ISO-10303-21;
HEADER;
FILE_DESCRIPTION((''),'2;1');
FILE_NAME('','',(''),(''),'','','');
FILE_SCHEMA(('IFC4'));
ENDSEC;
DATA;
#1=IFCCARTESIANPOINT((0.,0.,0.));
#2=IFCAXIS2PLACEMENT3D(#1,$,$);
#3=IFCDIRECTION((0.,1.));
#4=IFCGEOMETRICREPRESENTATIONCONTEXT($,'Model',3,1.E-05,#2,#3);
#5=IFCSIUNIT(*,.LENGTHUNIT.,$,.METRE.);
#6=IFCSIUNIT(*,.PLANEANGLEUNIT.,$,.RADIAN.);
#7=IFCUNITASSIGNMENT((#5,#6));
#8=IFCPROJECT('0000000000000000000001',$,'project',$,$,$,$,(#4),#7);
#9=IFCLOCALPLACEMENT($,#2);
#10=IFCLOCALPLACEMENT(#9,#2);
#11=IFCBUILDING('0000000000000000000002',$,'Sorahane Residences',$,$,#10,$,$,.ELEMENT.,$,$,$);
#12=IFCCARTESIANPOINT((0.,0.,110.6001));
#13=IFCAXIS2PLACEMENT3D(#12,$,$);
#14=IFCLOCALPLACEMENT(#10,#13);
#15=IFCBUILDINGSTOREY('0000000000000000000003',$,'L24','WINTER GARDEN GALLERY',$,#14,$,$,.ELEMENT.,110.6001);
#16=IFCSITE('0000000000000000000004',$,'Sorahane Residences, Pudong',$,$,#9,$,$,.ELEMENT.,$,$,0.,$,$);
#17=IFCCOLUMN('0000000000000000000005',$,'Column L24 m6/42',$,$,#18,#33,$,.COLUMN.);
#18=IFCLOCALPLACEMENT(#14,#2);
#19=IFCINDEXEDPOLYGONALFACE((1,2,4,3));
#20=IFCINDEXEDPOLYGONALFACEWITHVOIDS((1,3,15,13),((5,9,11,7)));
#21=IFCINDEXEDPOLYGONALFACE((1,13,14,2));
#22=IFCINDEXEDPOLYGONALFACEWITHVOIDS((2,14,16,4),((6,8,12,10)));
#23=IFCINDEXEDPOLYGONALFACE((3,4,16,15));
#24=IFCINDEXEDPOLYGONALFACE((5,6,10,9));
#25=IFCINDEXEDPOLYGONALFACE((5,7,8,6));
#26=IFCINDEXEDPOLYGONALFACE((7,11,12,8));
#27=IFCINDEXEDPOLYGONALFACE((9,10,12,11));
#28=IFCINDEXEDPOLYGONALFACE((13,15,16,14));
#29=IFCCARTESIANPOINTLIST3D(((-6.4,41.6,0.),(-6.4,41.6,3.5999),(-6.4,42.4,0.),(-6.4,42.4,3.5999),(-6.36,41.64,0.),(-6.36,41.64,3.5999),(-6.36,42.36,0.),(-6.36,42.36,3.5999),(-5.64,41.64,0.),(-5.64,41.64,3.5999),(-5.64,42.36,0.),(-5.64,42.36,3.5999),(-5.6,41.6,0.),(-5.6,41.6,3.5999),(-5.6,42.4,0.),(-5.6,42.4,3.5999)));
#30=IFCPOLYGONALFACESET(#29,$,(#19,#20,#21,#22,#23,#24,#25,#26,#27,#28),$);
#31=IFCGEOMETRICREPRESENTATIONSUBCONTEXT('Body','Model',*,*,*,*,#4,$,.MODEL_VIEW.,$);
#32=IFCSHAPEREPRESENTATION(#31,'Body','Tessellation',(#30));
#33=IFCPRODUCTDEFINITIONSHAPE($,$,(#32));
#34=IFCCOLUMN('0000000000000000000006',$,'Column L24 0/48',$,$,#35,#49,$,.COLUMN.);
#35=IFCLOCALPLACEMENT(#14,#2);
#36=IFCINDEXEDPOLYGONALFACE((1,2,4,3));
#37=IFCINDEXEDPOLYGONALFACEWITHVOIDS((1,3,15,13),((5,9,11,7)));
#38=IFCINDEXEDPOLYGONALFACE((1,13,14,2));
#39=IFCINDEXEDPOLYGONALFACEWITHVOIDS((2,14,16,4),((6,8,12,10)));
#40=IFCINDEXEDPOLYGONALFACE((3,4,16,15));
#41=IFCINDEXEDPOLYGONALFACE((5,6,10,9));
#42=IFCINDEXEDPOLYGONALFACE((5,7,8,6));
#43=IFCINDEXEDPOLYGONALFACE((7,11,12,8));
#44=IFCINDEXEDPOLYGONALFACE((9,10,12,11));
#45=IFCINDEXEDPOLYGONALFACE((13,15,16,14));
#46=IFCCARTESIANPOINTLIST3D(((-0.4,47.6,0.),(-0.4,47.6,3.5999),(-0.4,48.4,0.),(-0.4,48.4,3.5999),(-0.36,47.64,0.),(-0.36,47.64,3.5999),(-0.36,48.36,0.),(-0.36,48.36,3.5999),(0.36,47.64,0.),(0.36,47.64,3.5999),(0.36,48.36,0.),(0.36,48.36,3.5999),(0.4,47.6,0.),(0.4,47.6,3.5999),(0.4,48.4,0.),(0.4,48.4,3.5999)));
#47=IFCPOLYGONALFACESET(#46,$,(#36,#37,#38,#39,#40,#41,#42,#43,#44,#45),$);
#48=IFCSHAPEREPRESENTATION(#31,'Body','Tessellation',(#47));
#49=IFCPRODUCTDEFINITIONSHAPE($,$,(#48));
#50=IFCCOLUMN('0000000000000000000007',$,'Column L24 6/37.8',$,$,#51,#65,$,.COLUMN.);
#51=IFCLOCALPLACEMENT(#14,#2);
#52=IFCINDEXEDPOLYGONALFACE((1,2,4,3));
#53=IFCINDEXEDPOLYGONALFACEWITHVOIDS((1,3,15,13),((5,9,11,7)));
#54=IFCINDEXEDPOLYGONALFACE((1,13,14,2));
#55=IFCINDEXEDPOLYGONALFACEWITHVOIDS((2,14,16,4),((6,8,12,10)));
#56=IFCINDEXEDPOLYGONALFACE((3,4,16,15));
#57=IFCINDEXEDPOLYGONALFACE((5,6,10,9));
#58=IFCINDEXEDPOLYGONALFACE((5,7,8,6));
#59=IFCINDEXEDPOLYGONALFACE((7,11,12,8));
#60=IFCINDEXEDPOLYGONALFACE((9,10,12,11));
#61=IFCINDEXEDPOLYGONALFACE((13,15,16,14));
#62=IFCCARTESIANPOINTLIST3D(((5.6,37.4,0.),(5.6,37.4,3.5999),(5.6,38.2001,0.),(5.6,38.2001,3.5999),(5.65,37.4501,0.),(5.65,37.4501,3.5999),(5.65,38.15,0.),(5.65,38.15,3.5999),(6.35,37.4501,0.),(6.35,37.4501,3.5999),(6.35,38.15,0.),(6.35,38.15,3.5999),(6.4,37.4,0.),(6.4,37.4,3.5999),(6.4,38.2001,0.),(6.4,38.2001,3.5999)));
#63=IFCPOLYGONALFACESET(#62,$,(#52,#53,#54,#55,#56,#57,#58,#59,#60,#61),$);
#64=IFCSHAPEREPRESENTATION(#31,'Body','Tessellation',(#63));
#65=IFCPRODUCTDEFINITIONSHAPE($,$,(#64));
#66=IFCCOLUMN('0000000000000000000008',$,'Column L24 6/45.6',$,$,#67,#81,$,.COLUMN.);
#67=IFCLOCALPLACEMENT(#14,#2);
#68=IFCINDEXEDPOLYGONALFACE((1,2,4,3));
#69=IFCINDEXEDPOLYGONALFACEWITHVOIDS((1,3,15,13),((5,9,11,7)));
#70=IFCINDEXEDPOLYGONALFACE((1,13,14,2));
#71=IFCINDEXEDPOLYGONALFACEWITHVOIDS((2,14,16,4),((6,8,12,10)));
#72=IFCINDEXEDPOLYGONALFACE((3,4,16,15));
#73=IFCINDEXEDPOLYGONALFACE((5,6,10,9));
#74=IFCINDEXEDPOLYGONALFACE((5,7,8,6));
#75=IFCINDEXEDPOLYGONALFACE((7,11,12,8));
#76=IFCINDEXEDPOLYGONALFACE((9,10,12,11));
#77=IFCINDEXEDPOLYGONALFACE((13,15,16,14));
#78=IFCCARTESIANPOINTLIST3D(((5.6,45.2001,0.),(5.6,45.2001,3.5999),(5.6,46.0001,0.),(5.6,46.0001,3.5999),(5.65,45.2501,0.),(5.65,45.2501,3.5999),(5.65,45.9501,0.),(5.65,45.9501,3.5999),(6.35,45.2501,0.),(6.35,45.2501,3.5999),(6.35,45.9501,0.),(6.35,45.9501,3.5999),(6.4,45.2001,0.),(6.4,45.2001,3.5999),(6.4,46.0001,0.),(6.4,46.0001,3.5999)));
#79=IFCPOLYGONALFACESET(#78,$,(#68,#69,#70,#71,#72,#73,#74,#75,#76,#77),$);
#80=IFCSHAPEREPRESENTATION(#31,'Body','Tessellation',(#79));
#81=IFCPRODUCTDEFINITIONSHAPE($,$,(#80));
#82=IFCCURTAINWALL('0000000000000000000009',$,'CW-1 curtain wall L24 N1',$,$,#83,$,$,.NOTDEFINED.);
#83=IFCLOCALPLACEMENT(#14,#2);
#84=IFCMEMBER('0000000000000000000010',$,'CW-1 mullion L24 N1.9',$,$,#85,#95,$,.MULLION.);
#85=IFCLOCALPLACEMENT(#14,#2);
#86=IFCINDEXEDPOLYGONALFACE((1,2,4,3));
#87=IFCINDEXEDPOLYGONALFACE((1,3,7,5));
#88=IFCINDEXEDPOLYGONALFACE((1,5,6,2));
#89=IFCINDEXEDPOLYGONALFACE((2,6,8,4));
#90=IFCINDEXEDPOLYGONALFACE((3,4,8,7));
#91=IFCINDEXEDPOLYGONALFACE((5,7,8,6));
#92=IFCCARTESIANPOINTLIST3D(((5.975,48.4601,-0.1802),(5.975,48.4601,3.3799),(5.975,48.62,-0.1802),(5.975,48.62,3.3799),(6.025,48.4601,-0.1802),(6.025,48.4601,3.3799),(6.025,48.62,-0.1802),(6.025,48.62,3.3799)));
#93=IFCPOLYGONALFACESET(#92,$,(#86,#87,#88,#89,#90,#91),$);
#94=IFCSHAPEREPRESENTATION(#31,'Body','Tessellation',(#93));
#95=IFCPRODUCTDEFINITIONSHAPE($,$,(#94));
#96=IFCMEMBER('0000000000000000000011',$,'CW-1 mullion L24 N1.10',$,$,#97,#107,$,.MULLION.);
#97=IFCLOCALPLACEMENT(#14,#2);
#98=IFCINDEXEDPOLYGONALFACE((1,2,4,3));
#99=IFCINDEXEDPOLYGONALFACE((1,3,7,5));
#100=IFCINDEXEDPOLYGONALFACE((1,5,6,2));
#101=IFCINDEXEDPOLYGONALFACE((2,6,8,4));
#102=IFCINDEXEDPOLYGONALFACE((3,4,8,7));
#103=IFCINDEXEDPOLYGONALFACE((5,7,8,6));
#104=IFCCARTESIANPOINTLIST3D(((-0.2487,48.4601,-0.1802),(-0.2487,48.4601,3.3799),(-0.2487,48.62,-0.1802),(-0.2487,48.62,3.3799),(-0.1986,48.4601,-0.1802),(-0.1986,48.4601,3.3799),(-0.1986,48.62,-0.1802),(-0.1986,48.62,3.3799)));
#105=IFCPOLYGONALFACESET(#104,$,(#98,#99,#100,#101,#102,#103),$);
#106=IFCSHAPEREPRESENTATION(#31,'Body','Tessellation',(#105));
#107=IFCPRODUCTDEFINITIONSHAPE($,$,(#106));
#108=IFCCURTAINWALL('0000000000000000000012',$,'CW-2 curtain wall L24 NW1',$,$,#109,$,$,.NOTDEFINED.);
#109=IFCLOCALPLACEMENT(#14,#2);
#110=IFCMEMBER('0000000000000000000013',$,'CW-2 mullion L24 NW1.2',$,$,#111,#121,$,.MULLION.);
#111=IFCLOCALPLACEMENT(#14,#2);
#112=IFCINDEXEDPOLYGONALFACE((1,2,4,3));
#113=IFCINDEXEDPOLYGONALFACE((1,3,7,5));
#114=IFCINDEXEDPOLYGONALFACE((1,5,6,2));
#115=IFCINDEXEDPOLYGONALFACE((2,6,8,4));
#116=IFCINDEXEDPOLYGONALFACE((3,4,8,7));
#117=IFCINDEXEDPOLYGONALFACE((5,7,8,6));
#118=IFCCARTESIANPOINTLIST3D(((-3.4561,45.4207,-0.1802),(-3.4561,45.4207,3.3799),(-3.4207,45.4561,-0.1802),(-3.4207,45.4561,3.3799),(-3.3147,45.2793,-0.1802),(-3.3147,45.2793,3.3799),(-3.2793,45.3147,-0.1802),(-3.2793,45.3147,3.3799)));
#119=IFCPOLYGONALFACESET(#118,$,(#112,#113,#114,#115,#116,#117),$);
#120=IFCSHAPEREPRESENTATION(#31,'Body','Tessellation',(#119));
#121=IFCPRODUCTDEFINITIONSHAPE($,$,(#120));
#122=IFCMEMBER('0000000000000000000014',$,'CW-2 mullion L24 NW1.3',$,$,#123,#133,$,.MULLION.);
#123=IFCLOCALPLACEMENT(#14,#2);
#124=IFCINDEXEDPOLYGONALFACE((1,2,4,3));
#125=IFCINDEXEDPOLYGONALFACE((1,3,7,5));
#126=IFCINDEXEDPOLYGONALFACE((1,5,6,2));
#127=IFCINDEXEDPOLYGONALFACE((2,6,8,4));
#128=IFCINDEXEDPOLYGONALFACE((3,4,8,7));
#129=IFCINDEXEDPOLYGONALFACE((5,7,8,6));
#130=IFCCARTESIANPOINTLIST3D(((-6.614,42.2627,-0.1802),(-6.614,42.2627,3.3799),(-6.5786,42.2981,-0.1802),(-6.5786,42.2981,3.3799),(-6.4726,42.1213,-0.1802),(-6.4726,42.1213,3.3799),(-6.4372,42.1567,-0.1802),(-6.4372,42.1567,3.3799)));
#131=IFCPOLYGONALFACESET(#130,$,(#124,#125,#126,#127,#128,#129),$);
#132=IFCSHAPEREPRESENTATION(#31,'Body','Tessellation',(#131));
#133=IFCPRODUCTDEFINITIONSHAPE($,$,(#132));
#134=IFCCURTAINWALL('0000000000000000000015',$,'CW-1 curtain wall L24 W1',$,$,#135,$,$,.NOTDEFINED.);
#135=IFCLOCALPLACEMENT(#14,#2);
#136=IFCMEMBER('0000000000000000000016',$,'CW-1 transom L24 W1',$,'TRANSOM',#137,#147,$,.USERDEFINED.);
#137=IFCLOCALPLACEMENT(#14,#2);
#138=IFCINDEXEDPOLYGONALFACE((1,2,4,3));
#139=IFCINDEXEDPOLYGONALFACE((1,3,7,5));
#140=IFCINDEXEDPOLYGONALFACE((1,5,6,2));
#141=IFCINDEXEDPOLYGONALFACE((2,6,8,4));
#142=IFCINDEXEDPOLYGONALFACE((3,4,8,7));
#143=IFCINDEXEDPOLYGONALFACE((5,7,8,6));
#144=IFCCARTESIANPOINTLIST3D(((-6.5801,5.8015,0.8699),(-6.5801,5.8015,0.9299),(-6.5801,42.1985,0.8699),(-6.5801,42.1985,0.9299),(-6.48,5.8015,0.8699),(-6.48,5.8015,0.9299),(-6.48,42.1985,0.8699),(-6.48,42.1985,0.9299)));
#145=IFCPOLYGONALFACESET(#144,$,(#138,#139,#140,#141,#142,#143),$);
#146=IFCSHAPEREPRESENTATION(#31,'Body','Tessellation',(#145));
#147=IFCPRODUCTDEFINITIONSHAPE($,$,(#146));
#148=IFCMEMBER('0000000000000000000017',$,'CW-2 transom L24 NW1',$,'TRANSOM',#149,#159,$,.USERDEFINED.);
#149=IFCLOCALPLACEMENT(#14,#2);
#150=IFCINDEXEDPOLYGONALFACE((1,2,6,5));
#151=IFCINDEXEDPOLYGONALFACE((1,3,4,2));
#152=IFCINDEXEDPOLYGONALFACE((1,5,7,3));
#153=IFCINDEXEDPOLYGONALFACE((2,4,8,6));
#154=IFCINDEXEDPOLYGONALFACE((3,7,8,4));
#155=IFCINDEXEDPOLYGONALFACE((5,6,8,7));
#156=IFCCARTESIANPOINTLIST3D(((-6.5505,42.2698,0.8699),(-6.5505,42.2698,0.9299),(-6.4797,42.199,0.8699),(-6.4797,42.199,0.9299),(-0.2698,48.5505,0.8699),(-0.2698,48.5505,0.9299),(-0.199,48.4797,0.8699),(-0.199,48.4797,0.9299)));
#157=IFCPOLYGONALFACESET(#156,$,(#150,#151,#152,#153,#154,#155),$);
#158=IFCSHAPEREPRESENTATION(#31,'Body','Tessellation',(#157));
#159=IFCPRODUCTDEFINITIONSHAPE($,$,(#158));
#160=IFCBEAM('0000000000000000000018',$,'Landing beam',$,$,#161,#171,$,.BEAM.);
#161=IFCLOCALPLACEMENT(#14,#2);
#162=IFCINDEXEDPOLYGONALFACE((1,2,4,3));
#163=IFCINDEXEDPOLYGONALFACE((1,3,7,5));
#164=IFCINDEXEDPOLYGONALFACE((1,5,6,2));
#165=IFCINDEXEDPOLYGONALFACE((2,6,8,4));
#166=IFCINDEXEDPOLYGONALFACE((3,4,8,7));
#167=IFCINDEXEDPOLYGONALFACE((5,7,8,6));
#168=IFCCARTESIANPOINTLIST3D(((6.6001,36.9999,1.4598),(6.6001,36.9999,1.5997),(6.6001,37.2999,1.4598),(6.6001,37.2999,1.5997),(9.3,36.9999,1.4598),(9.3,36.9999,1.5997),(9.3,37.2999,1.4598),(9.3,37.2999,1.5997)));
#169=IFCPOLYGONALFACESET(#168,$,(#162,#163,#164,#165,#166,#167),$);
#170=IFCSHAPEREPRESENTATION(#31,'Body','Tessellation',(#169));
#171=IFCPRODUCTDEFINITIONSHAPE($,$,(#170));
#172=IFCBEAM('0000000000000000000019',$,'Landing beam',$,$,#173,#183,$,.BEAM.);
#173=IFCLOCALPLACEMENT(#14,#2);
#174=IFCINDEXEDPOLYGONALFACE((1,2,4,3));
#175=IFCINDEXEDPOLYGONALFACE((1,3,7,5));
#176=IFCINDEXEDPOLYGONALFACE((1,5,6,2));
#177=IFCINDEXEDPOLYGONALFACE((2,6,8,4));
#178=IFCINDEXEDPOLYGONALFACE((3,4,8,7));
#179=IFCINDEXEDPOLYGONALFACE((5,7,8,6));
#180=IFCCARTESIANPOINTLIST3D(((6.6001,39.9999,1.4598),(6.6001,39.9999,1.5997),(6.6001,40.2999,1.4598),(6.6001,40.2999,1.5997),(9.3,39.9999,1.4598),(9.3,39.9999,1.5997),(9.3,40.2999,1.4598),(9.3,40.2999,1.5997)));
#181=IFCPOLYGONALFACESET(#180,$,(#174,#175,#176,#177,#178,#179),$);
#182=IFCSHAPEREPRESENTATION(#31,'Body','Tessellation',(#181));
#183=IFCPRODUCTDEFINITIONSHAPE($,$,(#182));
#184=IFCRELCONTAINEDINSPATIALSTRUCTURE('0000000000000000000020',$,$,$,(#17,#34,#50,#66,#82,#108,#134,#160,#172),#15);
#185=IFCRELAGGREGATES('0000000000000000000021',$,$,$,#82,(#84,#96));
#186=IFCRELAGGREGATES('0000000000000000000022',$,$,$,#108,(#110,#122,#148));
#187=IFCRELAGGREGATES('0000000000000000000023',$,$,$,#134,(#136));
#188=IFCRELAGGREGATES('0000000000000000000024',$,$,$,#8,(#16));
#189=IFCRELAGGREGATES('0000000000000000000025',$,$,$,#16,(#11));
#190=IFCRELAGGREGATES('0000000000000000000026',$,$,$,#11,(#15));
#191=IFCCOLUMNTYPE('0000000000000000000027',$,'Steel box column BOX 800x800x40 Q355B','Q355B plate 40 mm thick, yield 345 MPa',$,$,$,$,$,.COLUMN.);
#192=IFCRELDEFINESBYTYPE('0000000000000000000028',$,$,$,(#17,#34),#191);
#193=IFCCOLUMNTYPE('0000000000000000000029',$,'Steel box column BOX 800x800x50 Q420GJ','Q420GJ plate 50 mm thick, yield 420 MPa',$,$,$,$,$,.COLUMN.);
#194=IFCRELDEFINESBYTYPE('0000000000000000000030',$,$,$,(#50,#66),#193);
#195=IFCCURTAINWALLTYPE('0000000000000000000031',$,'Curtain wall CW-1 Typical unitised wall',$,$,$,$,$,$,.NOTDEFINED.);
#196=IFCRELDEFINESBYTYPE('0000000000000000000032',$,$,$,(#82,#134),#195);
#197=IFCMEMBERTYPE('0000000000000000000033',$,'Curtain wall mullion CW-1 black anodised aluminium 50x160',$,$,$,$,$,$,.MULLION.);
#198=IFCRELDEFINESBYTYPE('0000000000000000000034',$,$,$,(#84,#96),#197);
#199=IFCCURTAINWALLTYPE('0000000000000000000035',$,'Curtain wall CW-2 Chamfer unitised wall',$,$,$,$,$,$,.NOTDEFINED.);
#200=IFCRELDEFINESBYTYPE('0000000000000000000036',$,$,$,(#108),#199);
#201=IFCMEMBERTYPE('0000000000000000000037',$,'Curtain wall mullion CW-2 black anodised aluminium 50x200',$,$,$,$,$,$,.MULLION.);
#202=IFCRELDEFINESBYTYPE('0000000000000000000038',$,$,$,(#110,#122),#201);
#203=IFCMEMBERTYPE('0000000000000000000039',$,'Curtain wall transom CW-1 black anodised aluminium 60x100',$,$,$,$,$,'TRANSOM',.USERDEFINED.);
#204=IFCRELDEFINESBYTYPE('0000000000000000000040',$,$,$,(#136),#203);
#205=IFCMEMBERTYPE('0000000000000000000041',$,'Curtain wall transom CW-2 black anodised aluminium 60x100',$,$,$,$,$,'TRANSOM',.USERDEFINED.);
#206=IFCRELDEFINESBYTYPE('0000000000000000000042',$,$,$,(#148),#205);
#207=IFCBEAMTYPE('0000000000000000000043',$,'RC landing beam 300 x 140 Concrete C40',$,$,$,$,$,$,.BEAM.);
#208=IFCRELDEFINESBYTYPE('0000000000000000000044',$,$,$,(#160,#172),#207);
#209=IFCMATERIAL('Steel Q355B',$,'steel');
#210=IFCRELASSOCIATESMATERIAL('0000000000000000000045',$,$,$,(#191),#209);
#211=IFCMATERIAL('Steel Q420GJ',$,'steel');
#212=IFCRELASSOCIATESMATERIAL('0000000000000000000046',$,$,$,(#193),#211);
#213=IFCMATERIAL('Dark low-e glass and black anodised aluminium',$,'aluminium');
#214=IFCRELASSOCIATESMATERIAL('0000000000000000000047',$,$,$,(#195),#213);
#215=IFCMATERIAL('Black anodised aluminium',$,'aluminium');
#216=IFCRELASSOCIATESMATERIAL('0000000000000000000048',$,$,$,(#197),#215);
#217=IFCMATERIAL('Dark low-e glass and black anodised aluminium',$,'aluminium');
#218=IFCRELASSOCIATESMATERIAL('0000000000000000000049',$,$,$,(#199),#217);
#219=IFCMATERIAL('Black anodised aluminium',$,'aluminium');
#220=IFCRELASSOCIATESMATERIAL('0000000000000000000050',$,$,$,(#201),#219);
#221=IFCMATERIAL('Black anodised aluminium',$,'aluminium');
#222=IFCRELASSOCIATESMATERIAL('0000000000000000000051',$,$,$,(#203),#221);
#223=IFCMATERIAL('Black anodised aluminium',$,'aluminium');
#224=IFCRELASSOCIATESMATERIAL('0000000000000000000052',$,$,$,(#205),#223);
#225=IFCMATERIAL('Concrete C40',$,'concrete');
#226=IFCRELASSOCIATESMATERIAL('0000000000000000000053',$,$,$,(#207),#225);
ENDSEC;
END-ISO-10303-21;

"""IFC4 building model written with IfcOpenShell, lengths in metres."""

from ifc_helpers import new_model, si_unit, direction, frame, origin, origin_2d, place, context, subcontext, project, spatial, rectangle, hollow_rectangle, extrude, material, material_profile, profile_set, type_object, element, aggregate, save


model = new_model("IFC4")

# Units and contexts
model_context = context("Model", 3, precision=1e-05, world=origin(), true_north=direction((0.0, 1.0)))
body_context = subcontext(model_context, "Body", "Model", "MODEL_VIEW")
ifc_project = project(units=[si_unit("LENGTHUNIT", "METRE"), si_unit("PLANEANGLEUNIT", "RADIAN")], contexts=[model_context])

# Site, building, storey
site_placement = place(None, origin())
site = spatial("IfcSite", under=ifc_project, at=site_placement, Name="Sorahane Residences, Pudong", CompositionType="ELEMENT", RefElevation=0.0)
building_placement = place(site_placement, origin())
building = spatial("IfcBuilding", under=site, at=building_placement, Name="Sorahane Residences", CompositionType="ELEMENT")
storey_placement = place(building_placement, frame((0.0, 0.0, 110.6001)))
storey = spatial("IfcBuildingStorey", under=building, at=storey_placement, Name="L24", Description="WINTER GARDEN GALLERY", CompositionType="ELEMENT", Elevation=110.6001)

# Columns
ifc_material_1 = material(Name="Steel Q355B", Category="steel")
ifc_material_profile_1 = material_profile(ifc_material_1, hollow_rectangle(XDim=0.8, YDim=0.8, WallThickness=0.04, at=origin_2d()), Name="BOX 800x800x40")
ifc_profile_set_1 = profile_set([ifc_material_profile_1], Name="Steel Q355B")
column_type_1 = type_object("IfcColumnType", Name="Steel box column BOX 800x800x40 Q355B", Description="Q355B plate 40 mm thick, yield 345 MPa", PredefinedType="COLUMN", material=ifc_profile_set_1)
for number, where, z_axis, x_axis, name in (
    (1, (-6.0, 42.0, 0.0), (0.0, 0.0, 1.0), (1.0, 0.0, 0.0), "Column L24 m6/42"),
    (2, (0.0, 48.0, 0.0), (0.0, 0.0, 1.0), (1.0, 0.0, 0.0), "Column L24 0/48"),
):
    element("IfcColumn", number, at=place(storey_placement, frame(where, z_axis=z_axis, x_axis=x_axis)), inside=storey, type_object=column_type_1, Name=name, PredefinedType="COLUMN", context=body_context, shape_type="SweptSolid", body=[
        extrude(hollow_rectangle(XDim=0.8, YDim=0.8, WallThickness=0.04, at=origin_2d()), origin(), (0.0, 0.0, 1.0), 3.5999),
    ])
ifc_material_2 = material(Name="Steel Q420GJ", Category="steel")
ifc_material_profile_2 = material_profile(ifc_material_2, hollow_rectangle(XDim=0.8, YDim=0.8, WallThickness=0.05, at=origin_2d()), Name="BOX 800x800x50")
ifc_profile_set_2 = profile_set([ifc_material_profile_2], Name="Steel Q420GJ")
column_type_2 = type_object("IfcColumnType", Name="Steel box column BOX 800x800x50 Q420GJ", Description="Q420GJ plate 50 mm thick, yield 420 MPa", PredefinedType="COLUMN", material=ifc_profile_set_2)
for number, where, z_axis, x_axis, name in (
    (3, (6.0, 37.8, 0.0), (0.0, 0.0, 1.0), (1.0, 0.0, 0.0), "Column L24 6/37.8"),
    (4, (6.0, 45.6001, 0.0), (0.0, 0.0, 1.0), (1.0, 0.0, 0.0), "Column L24 6/45.6"),
):
    element("IfcColumn", number, at=place(storey_placement, frame(where, z_axis=z_axis, x_axis=x_axis)), inside=storey, type_object=column_type_2, Name=name, PredefinedType="COLUMN", context=body_context, shape_type="SweptSolid", body=[
        extrude(hollow_rectangle(XDim=0.8, YDim=0.8, WallThickness=0.05, at=origin_2d()), origin(), (0.0, 0.0, 1.0), 3.5999),
    ])

# Curtain walls, members
ifc_material_3 = material(Name="Dark low-e glass and black anodised aluminium", Category="aluminium")
curtain_wall_type_1 = type_object("IfcCurtainWallType", Name="Curtain wall CW-1 Typical unitised wall", PredefinedType="NOTDEFINED", material=ifc_material_3)
curtain_wall_1_placement = place(storey_placement, origin())
curtain_wall_1 = element("IfcCurtainWall", 5, at=curtain_wall_1_placement, inside=storey, type_object=curtain_wall_type_1, Name="CW-1 curtain wall L24 N1", PredefinedType="NOTDEFINED")
ifc_material_4 = material(Name="Black anodised aluminium", Category="aluminium")
ifc_material_profile_3 = material_profile(ifc_material_4, rectangle(XDim=0.1599, YDim=0.05, at=origin_2d()), Name="Curtain wall mullion CW-1 black anodised aluminium 50x160")
ifc_profile_set_3 = profile_set([ifc_material_profile_3], Name="Black anodised aluminium")
member_type_1 = type_object("IfcMemberType", Name="Curtain wall mullion CW-1 black anodised aluminium 50x160", PredefinedType="MULLION", material=ifc_profile_set_3)
member_1_placement = place(storey_placement, frame((6.0, 48.54, -0.1802), z_axis=(0.0, 0.0, 1.0), x_axis=(0.0, 1.0, 0.0)))
member_1 = element("IfcMember", 6, at=member_1_placement, type_object=member_type_1, Name="CW-1 mullion L24 N1.9", PredefinedType="MULLION", context=body_context, shape_type="SweptSolid", body=[
    extrude(rectangle(XDim=0.1599, YDim=0.05, at=origin_2d()), origin(), (0.0, 0.0, 1.0), 3.5601),
])
member_2_placement = place(storey_placement, frame((-0.2236, 48.54, -0.1802), z_axis=(0.0, 0.0, 1.0), x_axis=(0.0, 1.0, 0.0)))
member_2 = element("IfcMember", 7, at=member_2_placement, type_object=member_type_1, Name="CW-1 mullion L24 N1.10", PredefinedType="MULLION", context=body_context, shape_type="SweptSolid", body=[
    extrude(rectangle(XDim=0.1599, YDim=0.05, at=origin_2d()), origin(), (0.0, 0.0, 1.0), 3.5601),
])
ifc_material_5 = material(Name="Dark low-e glass and black anodised aluminium", Category="aluminium")
curtain_wall_type_2 = type_object("IfcCurtainWallType", Name="Curtain wall CW-2 Chamfer unitised wall", PredefinedType="NOTDEFINED", material=ifc_material_5)
curtain_wall_2_placement = place(storey_placement, origin())
curtain_wall_2 = element("IfcCurtainWall", 8, at=curtain_wall_2_placement, inside=storey, type_object=curtain_wall_type_2, Name="CW-2 curtain wall L24 NW1", PredefinedType="NOTDEFINED")
ifc_material_6 = material(Name="Black anodised aluminium", Category="aluminium")
ifc_material_profile_4 = material_profile(ifc_material_6, rectangle(XDim=0.2, YDim=0.05, at=origin_2d()), Name="Curtain wall mullion CW-2 black anodised aluminium 50x200")
ifc_profile_set_4 = profile_set([ifc_material_profile_4], Name="Black anodised aluminium")
member_type_2 = type_object("IfcMemberType", Name="Curtain wall mullion CW-2 black anodised aluminium 50x200", PredefinedType="MULLION", material=ifc_profile_set_4)
member_3_placement = place(storey_placement, frame((-3.3677, 45.3677, -0.1802), z_axis=(0.0, 0.0, 1.0), x_axis=(-0.707107, 0.707107, 0.0)))
member_3 = element("IfcMember", 9, at=member_3_placement, type_object=member_type_2, Name="CW-2 mullion L24 NW1.2", PredefinedType="MULLION", context=body_context, shape_type="SweptSolid", body=[
    extrude(rectangle(XDim=0.2, YDim=0.05, at=origin_2d()), origin(), (0.0, 0.0, 1.0), 3.5601),
])
member_4_placement = place(storey_placement, frame((-6.5256, 42.2097, -0.1802), z_axis=(0.0, 0.0, 1.0), x_axis=(-0.707107, 0.707107, 0.0)))
member_4 = element("IfcMember", 10, at=member_4_placement, type_object=member_type_2, Name="CW-2 mullion L24 NW1.3", PredefinedType="MULLION", context=body_context, shape_type="SweptSolid", body=[
    extrude(rectangle(XDim=0.2, YDim=0.05, at=origin_2d()), origin(), (0.0, 0.0, 1.0), 3.5601),
])

# Curtain wall, member
curtain_wall_3_placement = place(storey_placement, origin())
curtain_wall_3 = element("IfcCurtainWall", 11, at=curtain_wall_3_placement, inside=storey, type_object=curtain_wall_type_1, Name="CW-1 curtain wall L24 W1", PredefinedType="NOTDEFINED")
ifc_material_7 = material(Name="Black anodised aluminium", Category="aluminium")
ifc_material_profile_5 = material_profile(ifc_material_7, rectangle(XDim=0.1001, YDim=0.0601, at=origin_2d()), Name="Curtain wall transom CW-1 black anodised aluminium 60x100")
ifc_profile_set_5 = profile_set([ifc_material_profile_5], Name="Black anodised aluminium")
member_type_3 = type_object("IfcMemberType", Name="Curtain wall transom CW-1 black anodised aluminium 60x100", ElementType="TRANSOM", PredefinedType="USERDEFINED", material=ifc_profile_set_5)
member_5_placement = place(storey_placement, frame((-6.53, 42.1985, 0.8999), z_axis=(0.0, -1.0, 0.0), x_axis=(1.0, 0.0, 0.0)))
member_5 = element("IfcMember", 12, at=member_5_placement, type_object=member_type_3, Name="CW-1 transom L24 W1", ObjectType="TRANSOM", PredefinedType="USERDEFINED", context=body_context, shape_type="SweptSolid", body=[
    extrude(rectangle(XDim=0.1001, YDim=0.0601, at=origin_2d()), origin(), (0.0, 0.0, 1.0), 36.397),
])

# Member
ifc_material_8 = material(Name="Black anodised aluminium", Category="aluminium")
ifc_material_profile_6 = material_profile(ifc_material_8, rectangle(XDim=0.1001, YDim=0.0601, at=origin_2d()), Name="Curtain wall transom CW-2 black anodised aluminium 60x100")
ifc_profile_set_6 = profile_set([ifc_material_profile_6], Name="Black anodised aluminium")
member_type_4 = type_object("IfcMemberType", Name="Curtain wall transom CW-2 black anodised aluminium 60x100", ElementType="TRANSOM", PredefinedType="USERDEFINED", material=ifc_profile_set_6)
member_6_placement = place(storey_placement, frame((-0.2344, 48.5151, 0.8999), z_axis=(-0.707107, -0.707107, 0.0), x_axis=(0.707107, -0.707107, 0.0)))
member_6 = element("IfcMember", 13, at=member_6_placement, type_object=member_type_4, Name="CW-2 transom L24 NW1", ObjectType="TRANSOM", PredefinedType="USERDEFINED", context=body_context, shape_type="SweptSolid", body=[
    extrude(rectangle(XDim=0.1001, YDim=0.0601, at=origin_2d()), origin(), (0.0, 0.0, 1.0), 8.8823),
])

# Beams
ifc_material_9 = material(Name="Concrete C40", Category="concrete")
ifc_material_profile_7 = material_profile(ifc_material_9, rectangle(XDim=0.3, YDim=0.1399, at=origin_2d()), Name="300x140")
ifc_profile_set_7 = profile_set([ifc_material_profile_7], Name="Concrete C40")
beam_type_1 = type_object("IfcBeamType", Name="RC landing beam 300 x 140 Concrete C40", PredefinedType="BEAM", material=ifc_profile_set_7)
for number, where, z_axis, x_axis, name in (
    (14, (6.6001, 37.1499, 1.5298), (1.0, 0.0, 0.0), (0.0, 1.0, 0.0), "Landing beam"),
    (15, (6.6001, 40.1499, 1.5298), (1.0, 0.0, 0.0), (0.0, 1.0, 0.0), "Landing beam"),
):
    element("IfcBeam", number, at=place(storey_placement, frame(where, z_axis=z_axis, x_axis=x_axis)), inside=storey, type_object=beam_type_1, Name=name, PredefinedType="BEAM", context=body_context, shape_type="SweptSolid", body=[
        extrude(rectangle(XDim=0.3, YDim=0.1399, at=origin_2d()), origin(), (0.0, 0.0, 1.0), 2.7),
    ])

aggregate(curtain_wall_1, [member_1, member_2])
aggregate(curtain_wall_2, [member_3, member_4, member_6])
aggregate(curtain_wall_3, [member_5])

save(model, "model.ifc")
